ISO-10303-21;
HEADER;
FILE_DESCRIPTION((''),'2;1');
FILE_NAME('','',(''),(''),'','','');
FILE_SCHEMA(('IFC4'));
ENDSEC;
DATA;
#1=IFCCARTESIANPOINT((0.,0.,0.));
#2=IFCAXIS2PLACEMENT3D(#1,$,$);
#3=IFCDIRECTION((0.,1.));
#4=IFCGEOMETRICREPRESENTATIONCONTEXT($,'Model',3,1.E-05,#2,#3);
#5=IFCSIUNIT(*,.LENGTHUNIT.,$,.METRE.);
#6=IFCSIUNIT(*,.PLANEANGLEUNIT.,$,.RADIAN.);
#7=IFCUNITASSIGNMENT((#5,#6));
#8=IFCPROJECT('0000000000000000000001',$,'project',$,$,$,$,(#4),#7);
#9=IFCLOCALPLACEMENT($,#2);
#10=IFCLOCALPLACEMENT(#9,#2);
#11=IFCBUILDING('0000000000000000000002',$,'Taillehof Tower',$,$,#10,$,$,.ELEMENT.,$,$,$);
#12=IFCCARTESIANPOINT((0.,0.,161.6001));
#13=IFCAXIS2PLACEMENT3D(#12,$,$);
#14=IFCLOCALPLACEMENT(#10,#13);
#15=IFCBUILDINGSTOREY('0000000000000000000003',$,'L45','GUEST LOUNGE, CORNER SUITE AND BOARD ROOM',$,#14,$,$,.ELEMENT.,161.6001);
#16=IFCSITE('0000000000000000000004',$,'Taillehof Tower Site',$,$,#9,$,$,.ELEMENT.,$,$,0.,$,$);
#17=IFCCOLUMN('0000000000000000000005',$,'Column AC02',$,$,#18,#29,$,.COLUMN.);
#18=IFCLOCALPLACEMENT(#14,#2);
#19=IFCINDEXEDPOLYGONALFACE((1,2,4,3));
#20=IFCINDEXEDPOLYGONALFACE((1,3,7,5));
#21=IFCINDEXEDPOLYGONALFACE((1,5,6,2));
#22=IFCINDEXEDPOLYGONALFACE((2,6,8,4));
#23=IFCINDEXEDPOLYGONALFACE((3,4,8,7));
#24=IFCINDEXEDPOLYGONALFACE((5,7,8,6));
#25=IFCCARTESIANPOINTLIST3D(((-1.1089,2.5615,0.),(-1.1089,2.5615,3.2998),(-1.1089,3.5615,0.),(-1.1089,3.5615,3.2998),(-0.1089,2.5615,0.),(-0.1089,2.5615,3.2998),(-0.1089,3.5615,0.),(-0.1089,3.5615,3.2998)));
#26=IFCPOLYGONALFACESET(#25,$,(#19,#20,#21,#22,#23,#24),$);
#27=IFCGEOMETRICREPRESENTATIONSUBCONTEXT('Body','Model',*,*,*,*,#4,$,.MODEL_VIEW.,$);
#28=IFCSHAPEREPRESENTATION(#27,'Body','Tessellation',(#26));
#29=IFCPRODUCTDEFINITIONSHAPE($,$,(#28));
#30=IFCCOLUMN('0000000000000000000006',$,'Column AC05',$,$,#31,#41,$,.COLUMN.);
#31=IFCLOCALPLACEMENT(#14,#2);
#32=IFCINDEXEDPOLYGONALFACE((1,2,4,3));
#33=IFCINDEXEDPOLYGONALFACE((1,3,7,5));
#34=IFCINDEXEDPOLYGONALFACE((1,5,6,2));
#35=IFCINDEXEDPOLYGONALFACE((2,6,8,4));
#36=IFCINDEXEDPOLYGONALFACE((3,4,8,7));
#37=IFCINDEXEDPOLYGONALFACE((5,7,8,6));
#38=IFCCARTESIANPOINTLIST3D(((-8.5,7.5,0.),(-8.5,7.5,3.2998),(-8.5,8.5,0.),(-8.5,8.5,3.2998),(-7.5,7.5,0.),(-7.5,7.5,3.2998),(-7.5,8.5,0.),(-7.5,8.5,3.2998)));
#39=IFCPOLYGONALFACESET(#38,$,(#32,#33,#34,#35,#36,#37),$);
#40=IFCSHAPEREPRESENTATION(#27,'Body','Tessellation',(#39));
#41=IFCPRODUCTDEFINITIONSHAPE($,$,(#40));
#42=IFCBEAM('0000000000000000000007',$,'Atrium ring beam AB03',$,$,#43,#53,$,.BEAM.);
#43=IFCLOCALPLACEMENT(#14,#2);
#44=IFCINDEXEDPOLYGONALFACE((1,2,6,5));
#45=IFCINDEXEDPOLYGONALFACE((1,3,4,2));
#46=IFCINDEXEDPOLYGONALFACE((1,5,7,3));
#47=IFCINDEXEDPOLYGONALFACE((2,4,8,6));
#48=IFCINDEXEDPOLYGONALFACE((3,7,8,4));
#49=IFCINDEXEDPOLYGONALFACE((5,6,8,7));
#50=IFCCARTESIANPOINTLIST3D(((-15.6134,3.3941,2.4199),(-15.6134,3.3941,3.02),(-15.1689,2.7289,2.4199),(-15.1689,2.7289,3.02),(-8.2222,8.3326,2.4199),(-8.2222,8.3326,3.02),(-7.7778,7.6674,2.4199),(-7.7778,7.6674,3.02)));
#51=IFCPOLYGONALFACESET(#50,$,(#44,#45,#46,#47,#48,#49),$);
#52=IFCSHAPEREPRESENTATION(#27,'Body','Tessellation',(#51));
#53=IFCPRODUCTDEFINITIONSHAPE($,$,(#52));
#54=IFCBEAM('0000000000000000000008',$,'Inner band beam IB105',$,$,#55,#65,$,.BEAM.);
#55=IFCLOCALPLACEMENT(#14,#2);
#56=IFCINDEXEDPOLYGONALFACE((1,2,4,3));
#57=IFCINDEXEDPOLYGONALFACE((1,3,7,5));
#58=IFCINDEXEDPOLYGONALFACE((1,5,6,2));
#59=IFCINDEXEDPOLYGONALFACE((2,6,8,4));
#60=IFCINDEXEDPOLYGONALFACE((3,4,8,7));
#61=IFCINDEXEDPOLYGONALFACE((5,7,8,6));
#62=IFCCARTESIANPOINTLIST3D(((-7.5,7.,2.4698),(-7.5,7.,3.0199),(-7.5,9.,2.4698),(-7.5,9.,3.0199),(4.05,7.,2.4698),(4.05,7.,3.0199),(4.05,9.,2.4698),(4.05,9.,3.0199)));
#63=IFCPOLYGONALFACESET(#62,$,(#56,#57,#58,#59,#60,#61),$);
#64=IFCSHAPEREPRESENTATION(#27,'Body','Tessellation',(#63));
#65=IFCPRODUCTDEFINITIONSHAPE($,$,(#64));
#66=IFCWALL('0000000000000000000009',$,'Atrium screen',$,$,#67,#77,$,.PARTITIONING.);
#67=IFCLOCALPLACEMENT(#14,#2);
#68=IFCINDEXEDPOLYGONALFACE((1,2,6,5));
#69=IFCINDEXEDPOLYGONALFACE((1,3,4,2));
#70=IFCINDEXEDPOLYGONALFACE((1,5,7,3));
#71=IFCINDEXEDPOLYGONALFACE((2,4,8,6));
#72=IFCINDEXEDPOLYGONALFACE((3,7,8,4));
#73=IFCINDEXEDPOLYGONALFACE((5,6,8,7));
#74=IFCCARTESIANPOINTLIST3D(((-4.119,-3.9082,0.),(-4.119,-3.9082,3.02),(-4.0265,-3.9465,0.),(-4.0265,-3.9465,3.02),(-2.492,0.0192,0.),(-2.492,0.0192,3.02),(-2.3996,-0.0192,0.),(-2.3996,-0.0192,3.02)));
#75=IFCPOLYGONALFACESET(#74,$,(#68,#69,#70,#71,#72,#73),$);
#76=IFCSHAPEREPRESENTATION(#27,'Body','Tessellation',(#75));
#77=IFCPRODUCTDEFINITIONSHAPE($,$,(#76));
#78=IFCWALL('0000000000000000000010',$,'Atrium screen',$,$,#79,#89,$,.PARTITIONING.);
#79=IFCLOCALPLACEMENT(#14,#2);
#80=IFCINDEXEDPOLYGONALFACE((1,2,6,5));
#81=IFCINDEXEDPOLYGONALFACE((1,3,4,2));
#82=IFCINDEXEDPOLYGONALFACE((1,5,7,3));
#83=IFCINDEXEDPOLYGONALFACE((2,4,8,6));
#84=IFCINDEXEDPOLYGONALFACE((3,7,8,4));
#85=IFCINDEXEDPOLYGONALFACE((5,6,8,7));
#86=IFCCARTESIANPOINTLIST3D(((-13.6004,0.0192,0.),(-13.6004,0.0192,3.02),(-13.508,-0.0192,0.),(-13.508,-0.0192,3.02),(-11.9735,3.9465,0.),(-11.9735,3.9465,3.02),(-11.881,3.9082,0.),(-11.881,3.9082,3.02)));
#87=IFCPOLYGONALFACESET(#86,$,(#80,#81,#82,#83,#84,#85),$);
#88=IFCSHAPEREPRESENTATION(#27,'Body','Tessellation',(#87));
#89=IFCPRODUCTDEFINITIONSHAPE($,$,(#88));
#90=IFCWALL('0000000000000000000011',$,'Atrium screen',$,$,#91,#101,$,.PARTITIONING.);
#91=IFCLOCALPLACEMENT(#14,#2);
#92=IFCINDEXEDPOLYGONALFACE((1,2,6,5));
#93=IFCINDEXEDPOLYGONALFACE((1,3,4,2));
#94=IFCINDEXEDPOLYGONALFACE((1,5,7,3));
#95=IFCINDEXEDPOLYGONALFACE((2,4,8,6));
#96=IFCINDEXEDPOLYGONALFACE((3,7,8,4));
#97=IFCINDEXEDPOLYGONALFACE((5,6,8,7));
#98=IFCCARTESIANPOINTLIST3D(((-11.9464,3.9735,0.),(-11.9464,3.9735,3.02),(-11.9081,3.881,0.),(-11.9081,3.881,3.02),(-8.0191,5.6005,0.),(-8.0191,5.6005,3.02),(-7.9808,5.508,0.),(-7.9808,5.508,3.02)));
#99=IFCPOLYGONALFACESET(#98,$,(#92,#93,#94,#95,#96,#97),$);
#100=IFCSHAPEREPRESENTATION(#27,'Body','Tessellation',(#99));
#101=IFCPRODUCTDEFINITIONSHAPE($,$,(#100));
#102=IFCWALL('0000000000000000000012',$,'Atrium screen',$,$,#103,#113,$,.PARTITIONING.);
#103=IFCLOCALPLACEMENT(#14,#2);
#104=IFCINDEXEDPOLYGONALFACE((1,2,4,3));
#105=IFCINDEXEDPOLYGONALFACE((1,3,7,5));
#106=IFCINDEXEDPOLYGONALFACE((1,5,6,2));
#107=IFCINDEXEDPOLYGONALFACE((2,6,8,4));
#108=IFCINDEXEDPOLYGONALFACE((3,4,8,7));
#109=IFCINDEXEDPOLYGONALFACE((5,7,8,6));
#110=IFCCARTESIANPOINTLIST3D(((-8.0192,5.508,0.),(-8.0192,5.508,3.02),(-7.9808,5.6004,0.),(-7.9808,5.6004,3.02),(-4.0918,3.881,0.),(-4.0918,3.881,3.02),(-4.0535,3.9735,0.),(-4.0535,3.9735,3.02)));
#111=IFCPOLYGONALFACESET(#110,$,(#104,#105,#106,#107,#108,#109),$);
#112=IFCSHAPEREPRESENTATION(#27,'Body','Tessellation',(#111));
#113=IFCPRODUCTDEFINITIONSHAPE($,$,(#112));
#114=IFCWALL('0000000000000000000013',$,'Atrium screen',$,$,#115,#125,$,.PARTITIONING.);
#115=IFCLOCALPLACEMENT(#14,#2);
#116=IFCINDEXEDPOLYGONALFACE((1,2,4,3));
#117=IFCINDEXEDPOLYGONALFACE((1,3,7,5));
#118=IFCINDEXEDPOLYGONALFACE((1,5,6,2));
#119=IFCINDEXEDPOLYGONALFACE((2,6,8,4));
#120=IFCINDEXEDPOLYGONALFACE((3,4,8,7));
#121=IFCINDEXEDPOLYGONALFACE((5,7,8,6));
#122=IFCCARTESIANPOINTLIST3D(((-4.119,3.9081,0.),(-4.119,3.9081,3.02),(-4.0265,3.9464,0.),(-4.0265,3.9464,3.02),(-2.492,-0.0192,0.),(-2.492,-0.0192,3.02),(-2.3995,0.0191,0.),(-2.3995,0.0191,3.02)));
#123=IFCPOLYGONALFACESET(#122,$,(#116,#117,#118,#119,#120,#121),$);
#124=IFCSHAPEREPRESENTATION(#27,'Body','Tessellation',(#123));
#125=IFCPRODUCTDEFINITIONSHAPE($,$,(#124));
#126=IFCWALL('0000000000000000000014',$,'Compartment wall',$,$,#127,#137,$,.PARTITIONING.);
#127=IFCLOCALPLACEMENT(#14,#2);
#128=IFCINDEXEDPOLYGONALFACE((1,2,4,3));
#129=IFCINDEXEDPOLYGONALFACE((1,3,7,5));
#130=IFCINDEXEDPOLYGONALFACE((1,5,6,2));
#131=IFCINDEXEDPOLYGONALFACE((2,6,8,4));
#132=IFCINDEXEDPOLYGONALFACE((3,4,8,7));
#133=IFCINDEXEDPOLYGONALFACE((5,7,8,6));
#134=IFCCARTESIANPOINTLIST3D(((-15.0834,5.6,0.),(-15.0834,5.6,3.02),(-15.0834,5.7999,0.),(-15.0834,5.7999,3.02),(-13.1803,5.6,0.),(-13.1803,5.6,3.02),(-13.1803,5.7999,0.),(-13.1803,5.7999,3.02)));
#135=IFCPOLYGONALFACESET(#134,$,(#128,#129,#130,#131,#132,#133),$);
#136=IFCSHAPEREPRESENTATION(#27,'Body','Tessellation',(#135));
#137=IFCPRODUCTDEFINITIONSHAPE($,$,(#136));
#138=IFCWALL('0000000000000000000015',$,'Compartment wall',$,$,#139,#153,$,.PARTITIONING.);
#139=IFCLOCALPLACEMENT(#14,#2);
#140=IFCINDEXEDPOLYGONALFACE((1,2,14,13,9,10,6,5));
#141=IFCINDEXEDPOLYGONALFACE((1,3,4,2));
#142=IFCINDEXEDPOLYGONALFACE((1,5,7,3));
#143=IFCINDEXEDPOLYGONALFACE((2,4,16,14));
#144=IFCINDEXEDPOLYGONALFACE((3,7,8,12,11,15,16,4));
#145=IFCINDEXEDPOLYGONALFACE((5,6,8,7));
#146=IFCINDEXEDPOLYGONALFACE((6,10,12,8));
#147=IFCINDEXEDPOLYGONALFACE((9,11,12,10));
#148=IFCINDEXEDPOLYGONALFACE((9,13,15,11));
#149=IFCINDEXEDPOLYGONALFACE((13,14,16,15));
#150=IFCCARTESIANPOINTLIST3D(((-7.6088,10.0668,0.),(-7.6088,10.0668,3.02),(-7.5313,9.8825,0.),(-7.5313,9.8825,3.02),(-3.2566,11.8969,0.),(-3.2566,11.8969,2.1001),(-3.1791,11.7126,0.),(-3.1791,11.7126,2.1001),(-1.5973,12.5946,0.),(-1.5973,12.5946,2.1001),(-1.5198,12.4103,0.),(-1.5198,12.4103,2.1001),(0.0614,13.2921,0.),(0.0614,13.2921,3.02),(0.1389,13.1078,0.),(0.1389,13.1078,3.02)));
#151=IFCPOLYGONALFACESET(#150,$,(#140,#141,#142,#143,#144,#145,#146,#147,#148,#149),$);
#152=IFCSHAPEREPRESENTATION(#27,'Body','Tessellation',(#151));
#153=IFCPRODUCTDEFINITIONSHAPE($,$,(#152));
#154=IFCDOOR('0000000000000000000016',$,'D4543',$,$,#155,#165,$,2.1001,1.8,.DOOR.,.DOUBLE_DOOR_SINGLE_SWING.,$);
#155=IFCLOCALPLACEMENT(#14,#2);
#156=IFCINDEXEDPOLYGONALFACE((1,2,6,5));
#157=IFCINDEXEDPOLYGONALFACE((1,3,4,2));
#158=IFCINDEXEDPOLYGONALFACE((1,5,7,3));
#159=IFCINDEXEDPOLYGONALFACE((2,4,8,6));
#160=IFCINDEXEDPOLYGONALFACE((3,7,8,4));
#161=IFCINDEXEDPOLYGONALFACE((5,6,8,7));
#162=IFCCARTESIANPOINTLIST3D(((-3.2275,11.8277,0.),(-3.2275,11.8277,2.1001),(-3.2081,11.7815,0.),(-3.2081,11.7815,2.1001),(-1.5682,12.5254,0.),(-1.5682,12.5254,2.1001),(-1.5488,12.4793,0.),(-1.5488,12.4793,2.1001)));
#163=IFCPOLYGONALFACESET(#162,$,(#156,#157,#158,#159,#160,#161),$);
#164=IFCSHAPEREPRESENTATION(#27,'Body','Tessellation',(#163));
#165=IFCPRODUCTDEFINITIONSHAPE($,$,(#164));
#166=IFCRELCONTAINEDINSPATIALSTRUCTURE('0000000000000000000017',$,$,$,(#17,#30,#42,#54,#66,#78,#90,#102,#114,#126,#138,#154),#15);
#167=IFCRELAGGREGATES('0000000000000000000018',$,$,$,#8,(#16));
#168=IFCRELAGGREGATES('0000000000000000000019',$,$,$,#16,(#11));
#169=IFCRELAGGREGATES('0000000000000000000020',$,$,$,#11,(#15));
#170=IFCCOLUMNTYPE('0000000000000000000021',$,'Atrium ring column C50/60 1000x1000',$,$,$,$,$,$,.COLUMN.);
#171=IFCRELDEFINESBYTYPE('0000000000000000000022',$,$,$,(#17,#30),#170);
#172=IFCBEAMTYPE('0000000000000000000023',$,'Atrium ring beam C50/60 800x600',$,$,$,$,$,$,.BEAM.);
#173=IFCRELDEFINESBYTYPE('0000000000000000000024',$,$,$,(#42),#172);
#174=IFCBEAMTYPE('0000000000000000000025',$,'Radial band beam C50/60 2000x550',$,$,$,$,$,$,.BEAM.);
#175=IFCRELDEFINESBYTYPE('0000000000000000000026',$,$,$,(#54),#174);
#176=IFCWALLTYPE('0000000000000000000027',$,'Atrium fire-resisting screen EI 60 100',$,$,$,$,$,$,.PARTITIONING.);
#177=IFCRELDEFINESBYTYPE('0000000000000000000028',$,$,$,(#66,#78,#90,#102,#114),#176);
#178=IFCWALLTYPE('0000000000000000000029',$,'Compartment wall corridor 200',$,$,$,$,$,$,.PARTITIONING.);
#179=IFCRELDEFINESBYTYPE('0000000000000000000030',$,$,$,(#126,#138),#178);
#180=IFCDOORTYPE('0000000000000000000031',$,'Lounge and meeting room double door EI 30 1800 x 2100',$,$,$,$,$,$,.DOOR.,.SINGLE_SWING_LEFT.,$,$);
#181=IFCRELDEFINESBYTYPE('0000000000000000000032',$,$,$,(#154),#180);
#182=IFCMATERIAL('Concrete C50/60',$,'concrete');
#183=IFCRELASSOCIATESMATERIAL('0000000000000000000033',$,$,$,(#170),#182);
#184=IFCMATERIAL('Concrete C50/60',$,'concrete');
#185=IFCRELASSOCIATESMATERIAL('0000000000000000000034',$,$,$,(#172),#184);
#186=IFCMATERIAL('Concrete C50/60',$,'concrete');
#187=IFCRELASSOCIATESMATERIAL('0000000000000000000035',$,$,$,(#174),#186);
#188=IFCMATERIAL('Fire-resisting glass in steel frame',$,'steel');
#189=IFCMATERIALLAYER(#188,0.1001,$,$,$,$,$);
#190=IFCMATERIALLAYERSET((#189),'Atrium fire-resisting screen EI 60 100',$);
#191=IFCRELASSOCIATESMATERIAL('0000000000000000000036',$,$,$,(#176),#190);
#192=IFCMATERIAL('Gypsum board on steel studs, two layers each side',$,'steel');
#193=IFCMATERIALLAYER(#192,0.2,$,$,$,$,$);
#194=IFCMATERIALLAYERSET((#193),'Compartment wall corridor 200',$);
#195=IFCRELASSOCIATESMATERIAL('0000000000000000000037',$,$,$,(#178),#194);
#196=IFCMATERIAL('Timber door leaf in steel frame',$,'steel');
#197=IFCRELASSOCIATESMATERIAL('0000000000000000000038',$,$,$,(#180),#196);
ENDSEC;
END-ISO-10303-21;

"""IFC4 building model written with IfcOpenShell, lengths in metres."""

from ifc_helpers import new_model, si_unit, direction, frame, frame_2d, origin, origin_2d, place, context, subcontext, project, spatial, rectangle, extrude, material, layer, layer_set, material_profile, profile_set, type_object, element, fill, save


model = new_model("IFC4")

# Units and contexts
model_context = context("Model", 3, precision=1e-05, world=origin(), true_north=direction((0.0, 1.0)))
body_context = subcontext(model_context, "Body", "Model", "MODEL_VIEW")
ifc_project = project(units=[si_unit("LENGTHUNIT", "METRE"), si_unit("PLANEANGLEUNIT", "RADIAN")], contexts=[model_context])

# Site, building, storey
site_placement = place(None, origin())
site = spatial("IfcSite", under=ifc_project, at=site_placement, Name="Taillehof Tower Site", CompositionType="ELEMENT", RefElevation=0.0)
building_placement = place(site_placement, origin())
building = spatial("IfcBuilding", under=site, at=building_placement, Name="Taillehof Tower", CompositionType="ELEMENT")
storey_placement = place(building_placement, frame((0.0, 0.0, 161.6001)))
storey = spatial("IfcBuildingStorey", under=building, at=storey_placement, Name="L45", Description="GUEST LOUNGE, CORNER SUITE AND BOARD ROOM", CompositionType="ELEMENT", Elevation=161.6001)

# Columns
ifc_material_1 = material(Name="Concrete C50/60", Category="concrete")
ifc_material_profile_1 = material_profile(ifc_material_1, rectangle(XDim=1.0, YDim=1.0, at=origin_2d()), Name="RC 1000x1000")
ifc_profile_set_1 = profile_set([ifc_material_profile_1], Name="Concrete C50/60")
column_type = type_object("IfcColumnType", Name="Atrium ring column C50/60 1000x1000", PredefinedType="COLUMN", material=ifc_profile_set_1)
for number, where, z_axis, x_axis, name in (
    (1, (-0.6089, 3.0615, 0.0), (0.0, 0.0, 1.0), (1.0, 0.0, 0.0), "Column AC02"),
    (2, (-8.0, 8.0, 0.0), (0.0, 0.0, 1.0), (1.0, 0.0, 0.0), "Column AC05"),
):
    element("IfcColumn", number, at=place(storey_placement, frame(where, z_axis=z_axis, x_axis=x_axis)), inside=storey, type_object=column_type, Name=name, PredefinedType="COLUMN", context=body_context, shape_type="SweptSolid", body=[
        extrude(rectangle(XDim=1.0, YDim=1.0, at=origin_2d()), origin(), (0.0, 0.0, 1.0), 3.2998),
    ])

# Beams
ifc_material_2 = material(Name="Concrete C50/60", Category="concrete")
ifc_material_profile_2 = material_profile(ifc_material_2, rectangle(XDim=0.8, YDim=0.6001, at=origin_2d()), Name="RC 800x600")
ifc_profile_set_2 = profile_set([ifc_material_profile_2], Name="Concrete C50/60")
beam_type_1 = type_object("IfcBeamType", Name="Atrium ring beam C50/60 800x600", PredefinedType="BEAM", material=ifc_profile_set_2)
beam_1_placement = place(storey_placement, frame((-8.0, 8.0, 2.72), z_axis=(-0.831475, -0.555562, 0.0), x_axis=(0.555562, -0.831475, 0.0)))
element("IfcBeam", 3, at=beam_1_placement, inside=storey, type_object=beam_type_1, Name="Atrium ring beam AB03", PredefinedType="BEAM", context=body_context, shape_type="SweptSolid", body=[
    extrude(rectangle(XDim=0.8, YDim=0.6001, at=origin_2d()), origin(), (0.0, 0.0, 1.0), 8.8892),
])
ifc_material_3 = material(Name="Concrete C50/60", Category="concrete")
ifc_material_profile_3 = material_profile(ifc_material_3, rectangle(XDim=2.0, YDim=0.55, at=origin_2d()), Name="RC 2000x550")
ifc_profile_set_3 = profile_set([ifc_material_profile_3], Name="Concrete C50/60")
beam_type_2 = type_object("IfcBeamType", Name="Radial band beam C50/60 2000x550", PredefinedType="BEAM", material=ifc_profile_set_3)
beam_2_placement = place(storey_placement, frame((-7.5, 8.0, 2.7449), z_axis=(1.0, 0.0, 0.0), x_axis=(0.0, 1.0, 0.0)))
element("IfcBeam", 4, at=beam_2_placement, inside=storey, type_object=beam_type_2, Name="Inner band beam IB105", PredefinedType="BEAM", context=body_context, shape_type="SweptSolid", body=[
    extrude(rectangle(XDim=2.0, YDim=0.55, at=origin_2d()), origin(), (0.0, 0.0, 1.0), 11.55),
])

# Walls
ifc_material_4 = material(Name="Fire-resisting glass in steel frame", Category="steel")
ifc_layer_1 = layer(ifc_material_4, 0.1001)
ifc_layer_set_1 = layer_set([ifc_layer_1], Name="Atrium fire-resisting screen EI 60 100")
wall_type_1 = type_object("IfcWallType", Name="Atrium fire-resisting screen EI 60 100", PredefinedType="PARTITIONING", material=ifc_layer_set_1)
for number, where, z_axis, x_axis, name in (
    (5, (-2.4458, 0.0, 0.0), (0.0, 0.0, 1.0), (-0.382731, -0.92386, 0.0), "Atrium screen"),
    (6, (-13.5542, 0.0, 0.0), (0.0, 0.0, 1.0), (0.382731, 0.92386, 0.0), "Atrium screen"),
    (7, (-11.9272, 3.9272, 0.0), (0.0, 0.0, 1.0), (0.92386, 0.382731, 0.0), "Atrium screen"),
    (8, (-8.0, 5.5542, 0.0), (0.0, 0.0, 1.0), (0.92386, -0.382731, 0.0), "Atrium screen"),
    (9, (-4.0728, 3.9272, 0.0), (0.0, 0.0, 1.0), (0.382731, -0.92386, 0.0), "Atrium screen"),
):
    element("IfcWall", number, at=place(storey_placement, frame(where, z_axis=z_axis, x_axis=x_axis)), inside=storey, type_object=wall_type_1, Name=name, PredefinedType="PARTITIONING", context=body_context, shape_type="SweptSolid", body=[
        extrude(rectangle(XDim=4.251, YDim=0.1001, at=frame_2d((2.1255, 0.0))), origin(), (0.0, 0.0, 1.0), 3.02),
    ])
ifc_material_5 = material(Name="Gypsum board on steel studs, two layers each side", Category="steel")
ifc_layer_2 = layer(ifc_material_5, 0.2)
ifc_layer_set_2 = layer_set([ifc_layer_2], Name="Compartment wall corridor 200")
wall_type_2 = type_object("IfcWallType", Name="Compartment wall corridor 200", PredefinedType="PARTITIONING", material=ifc_layer_set_2)
wall_1_placement = place(storey_placement, frame((-13.1802, 5.7, 0.0), z_axis=(0.0, 0.0, 1.0), x_axis=(-1.0, 0.0, 0.0)))
element("IfcWall", 10, at=wall_1_placement, inside=storey, type_object=wall_type_2, Name="Compartment wall", PredefinedType="PARTITIONING", context=body_context, shape_type="SweptSolid", body=[
    extrude(rectangle(XDim=1.9031, YDim=0.2, at=frame_2d((0.9517, 0.0))), origin(), (0.0, 0.0, 1.0), 3.02),
])

# Wall, opening, door
wall_2_placement = place(storey_placement, frame((-7.5701, 9.9746, 0.0), z_axis=(0.0, 0.0, 1.0), x_axis=(0.921816, 0.387628, 0.0)))
wall_2 = element("IfcWall", 11, at=wall_2_placement, inside=storey, type_object=wall_type_2, Name="Compartment wall", PredefinedType="PARTITIONING", context=body_context, shape_type="SweptSolid", body=[
    extrude(rectangle(XDim=8.3208, YDim=0.2, at=frame_2d((4.1604, 0.0))), origin(), (0.0, 0.0, 1.0), 3.02),
])
opening_1_placement = place(wall_2_placement, frame((4.7214, 0.0, 0.0)))
opening_1 = element("IfcOpeningElement", 12, at=opening_1_placement, cuts=wall_2, PredefinedType="OPENING", context=body_context, shape_type="SweptSolid", body=[
    extrude(rectangle(XDim=1.8, YDim=2.1001, at=frame_2d((0.8999, 1.05))), frame((0.0, 0.1099, 0.0), z_axis=(0.0, -1.0, 0.0), x_axis=(1.0, 0.0, 0.0)), (0.0, 0.0, 1.0), 0.22),
])
ifc_material_6 = material(Name="Timber door leaf in steel frame", Category="steel")
door_type_1 = type_object("IfcDoorType", Name="Lounge and meeting room double door EI 30 1800 x 2100", OperationType="SINGLE_SWING_LEFT", PredefinedType="DOOR", material=ifc_material_6)
door_1_placement = place(opening_1_placement, origin())
door_1 = element("IfcDoor", 13, at=door_1_placement, inside=storey, type_object=door_type_1, Name="D4543", OperationType="DOUBLE_DOOR_SINGLE_SWING", OverallHeight=2.1001, OverallWidth=1.8, PredefinedType="DOOR", context=body_context, shape_type="SweptSolid", body=[
    extrude(rectangle(XDim=1.8, YDim=2.1001, at=frame_2d((0.8999, 1.05))), frame((0.0, 0.0249, 0.0), z_axis=(0.0, -1.0, 0.0), x_axis=(1.0, 0.0, 0.0)), (0.0, 0.0, 1.0), 0.05),
])
fill(opening_1, door_1)

save(model, "model.ifc")
